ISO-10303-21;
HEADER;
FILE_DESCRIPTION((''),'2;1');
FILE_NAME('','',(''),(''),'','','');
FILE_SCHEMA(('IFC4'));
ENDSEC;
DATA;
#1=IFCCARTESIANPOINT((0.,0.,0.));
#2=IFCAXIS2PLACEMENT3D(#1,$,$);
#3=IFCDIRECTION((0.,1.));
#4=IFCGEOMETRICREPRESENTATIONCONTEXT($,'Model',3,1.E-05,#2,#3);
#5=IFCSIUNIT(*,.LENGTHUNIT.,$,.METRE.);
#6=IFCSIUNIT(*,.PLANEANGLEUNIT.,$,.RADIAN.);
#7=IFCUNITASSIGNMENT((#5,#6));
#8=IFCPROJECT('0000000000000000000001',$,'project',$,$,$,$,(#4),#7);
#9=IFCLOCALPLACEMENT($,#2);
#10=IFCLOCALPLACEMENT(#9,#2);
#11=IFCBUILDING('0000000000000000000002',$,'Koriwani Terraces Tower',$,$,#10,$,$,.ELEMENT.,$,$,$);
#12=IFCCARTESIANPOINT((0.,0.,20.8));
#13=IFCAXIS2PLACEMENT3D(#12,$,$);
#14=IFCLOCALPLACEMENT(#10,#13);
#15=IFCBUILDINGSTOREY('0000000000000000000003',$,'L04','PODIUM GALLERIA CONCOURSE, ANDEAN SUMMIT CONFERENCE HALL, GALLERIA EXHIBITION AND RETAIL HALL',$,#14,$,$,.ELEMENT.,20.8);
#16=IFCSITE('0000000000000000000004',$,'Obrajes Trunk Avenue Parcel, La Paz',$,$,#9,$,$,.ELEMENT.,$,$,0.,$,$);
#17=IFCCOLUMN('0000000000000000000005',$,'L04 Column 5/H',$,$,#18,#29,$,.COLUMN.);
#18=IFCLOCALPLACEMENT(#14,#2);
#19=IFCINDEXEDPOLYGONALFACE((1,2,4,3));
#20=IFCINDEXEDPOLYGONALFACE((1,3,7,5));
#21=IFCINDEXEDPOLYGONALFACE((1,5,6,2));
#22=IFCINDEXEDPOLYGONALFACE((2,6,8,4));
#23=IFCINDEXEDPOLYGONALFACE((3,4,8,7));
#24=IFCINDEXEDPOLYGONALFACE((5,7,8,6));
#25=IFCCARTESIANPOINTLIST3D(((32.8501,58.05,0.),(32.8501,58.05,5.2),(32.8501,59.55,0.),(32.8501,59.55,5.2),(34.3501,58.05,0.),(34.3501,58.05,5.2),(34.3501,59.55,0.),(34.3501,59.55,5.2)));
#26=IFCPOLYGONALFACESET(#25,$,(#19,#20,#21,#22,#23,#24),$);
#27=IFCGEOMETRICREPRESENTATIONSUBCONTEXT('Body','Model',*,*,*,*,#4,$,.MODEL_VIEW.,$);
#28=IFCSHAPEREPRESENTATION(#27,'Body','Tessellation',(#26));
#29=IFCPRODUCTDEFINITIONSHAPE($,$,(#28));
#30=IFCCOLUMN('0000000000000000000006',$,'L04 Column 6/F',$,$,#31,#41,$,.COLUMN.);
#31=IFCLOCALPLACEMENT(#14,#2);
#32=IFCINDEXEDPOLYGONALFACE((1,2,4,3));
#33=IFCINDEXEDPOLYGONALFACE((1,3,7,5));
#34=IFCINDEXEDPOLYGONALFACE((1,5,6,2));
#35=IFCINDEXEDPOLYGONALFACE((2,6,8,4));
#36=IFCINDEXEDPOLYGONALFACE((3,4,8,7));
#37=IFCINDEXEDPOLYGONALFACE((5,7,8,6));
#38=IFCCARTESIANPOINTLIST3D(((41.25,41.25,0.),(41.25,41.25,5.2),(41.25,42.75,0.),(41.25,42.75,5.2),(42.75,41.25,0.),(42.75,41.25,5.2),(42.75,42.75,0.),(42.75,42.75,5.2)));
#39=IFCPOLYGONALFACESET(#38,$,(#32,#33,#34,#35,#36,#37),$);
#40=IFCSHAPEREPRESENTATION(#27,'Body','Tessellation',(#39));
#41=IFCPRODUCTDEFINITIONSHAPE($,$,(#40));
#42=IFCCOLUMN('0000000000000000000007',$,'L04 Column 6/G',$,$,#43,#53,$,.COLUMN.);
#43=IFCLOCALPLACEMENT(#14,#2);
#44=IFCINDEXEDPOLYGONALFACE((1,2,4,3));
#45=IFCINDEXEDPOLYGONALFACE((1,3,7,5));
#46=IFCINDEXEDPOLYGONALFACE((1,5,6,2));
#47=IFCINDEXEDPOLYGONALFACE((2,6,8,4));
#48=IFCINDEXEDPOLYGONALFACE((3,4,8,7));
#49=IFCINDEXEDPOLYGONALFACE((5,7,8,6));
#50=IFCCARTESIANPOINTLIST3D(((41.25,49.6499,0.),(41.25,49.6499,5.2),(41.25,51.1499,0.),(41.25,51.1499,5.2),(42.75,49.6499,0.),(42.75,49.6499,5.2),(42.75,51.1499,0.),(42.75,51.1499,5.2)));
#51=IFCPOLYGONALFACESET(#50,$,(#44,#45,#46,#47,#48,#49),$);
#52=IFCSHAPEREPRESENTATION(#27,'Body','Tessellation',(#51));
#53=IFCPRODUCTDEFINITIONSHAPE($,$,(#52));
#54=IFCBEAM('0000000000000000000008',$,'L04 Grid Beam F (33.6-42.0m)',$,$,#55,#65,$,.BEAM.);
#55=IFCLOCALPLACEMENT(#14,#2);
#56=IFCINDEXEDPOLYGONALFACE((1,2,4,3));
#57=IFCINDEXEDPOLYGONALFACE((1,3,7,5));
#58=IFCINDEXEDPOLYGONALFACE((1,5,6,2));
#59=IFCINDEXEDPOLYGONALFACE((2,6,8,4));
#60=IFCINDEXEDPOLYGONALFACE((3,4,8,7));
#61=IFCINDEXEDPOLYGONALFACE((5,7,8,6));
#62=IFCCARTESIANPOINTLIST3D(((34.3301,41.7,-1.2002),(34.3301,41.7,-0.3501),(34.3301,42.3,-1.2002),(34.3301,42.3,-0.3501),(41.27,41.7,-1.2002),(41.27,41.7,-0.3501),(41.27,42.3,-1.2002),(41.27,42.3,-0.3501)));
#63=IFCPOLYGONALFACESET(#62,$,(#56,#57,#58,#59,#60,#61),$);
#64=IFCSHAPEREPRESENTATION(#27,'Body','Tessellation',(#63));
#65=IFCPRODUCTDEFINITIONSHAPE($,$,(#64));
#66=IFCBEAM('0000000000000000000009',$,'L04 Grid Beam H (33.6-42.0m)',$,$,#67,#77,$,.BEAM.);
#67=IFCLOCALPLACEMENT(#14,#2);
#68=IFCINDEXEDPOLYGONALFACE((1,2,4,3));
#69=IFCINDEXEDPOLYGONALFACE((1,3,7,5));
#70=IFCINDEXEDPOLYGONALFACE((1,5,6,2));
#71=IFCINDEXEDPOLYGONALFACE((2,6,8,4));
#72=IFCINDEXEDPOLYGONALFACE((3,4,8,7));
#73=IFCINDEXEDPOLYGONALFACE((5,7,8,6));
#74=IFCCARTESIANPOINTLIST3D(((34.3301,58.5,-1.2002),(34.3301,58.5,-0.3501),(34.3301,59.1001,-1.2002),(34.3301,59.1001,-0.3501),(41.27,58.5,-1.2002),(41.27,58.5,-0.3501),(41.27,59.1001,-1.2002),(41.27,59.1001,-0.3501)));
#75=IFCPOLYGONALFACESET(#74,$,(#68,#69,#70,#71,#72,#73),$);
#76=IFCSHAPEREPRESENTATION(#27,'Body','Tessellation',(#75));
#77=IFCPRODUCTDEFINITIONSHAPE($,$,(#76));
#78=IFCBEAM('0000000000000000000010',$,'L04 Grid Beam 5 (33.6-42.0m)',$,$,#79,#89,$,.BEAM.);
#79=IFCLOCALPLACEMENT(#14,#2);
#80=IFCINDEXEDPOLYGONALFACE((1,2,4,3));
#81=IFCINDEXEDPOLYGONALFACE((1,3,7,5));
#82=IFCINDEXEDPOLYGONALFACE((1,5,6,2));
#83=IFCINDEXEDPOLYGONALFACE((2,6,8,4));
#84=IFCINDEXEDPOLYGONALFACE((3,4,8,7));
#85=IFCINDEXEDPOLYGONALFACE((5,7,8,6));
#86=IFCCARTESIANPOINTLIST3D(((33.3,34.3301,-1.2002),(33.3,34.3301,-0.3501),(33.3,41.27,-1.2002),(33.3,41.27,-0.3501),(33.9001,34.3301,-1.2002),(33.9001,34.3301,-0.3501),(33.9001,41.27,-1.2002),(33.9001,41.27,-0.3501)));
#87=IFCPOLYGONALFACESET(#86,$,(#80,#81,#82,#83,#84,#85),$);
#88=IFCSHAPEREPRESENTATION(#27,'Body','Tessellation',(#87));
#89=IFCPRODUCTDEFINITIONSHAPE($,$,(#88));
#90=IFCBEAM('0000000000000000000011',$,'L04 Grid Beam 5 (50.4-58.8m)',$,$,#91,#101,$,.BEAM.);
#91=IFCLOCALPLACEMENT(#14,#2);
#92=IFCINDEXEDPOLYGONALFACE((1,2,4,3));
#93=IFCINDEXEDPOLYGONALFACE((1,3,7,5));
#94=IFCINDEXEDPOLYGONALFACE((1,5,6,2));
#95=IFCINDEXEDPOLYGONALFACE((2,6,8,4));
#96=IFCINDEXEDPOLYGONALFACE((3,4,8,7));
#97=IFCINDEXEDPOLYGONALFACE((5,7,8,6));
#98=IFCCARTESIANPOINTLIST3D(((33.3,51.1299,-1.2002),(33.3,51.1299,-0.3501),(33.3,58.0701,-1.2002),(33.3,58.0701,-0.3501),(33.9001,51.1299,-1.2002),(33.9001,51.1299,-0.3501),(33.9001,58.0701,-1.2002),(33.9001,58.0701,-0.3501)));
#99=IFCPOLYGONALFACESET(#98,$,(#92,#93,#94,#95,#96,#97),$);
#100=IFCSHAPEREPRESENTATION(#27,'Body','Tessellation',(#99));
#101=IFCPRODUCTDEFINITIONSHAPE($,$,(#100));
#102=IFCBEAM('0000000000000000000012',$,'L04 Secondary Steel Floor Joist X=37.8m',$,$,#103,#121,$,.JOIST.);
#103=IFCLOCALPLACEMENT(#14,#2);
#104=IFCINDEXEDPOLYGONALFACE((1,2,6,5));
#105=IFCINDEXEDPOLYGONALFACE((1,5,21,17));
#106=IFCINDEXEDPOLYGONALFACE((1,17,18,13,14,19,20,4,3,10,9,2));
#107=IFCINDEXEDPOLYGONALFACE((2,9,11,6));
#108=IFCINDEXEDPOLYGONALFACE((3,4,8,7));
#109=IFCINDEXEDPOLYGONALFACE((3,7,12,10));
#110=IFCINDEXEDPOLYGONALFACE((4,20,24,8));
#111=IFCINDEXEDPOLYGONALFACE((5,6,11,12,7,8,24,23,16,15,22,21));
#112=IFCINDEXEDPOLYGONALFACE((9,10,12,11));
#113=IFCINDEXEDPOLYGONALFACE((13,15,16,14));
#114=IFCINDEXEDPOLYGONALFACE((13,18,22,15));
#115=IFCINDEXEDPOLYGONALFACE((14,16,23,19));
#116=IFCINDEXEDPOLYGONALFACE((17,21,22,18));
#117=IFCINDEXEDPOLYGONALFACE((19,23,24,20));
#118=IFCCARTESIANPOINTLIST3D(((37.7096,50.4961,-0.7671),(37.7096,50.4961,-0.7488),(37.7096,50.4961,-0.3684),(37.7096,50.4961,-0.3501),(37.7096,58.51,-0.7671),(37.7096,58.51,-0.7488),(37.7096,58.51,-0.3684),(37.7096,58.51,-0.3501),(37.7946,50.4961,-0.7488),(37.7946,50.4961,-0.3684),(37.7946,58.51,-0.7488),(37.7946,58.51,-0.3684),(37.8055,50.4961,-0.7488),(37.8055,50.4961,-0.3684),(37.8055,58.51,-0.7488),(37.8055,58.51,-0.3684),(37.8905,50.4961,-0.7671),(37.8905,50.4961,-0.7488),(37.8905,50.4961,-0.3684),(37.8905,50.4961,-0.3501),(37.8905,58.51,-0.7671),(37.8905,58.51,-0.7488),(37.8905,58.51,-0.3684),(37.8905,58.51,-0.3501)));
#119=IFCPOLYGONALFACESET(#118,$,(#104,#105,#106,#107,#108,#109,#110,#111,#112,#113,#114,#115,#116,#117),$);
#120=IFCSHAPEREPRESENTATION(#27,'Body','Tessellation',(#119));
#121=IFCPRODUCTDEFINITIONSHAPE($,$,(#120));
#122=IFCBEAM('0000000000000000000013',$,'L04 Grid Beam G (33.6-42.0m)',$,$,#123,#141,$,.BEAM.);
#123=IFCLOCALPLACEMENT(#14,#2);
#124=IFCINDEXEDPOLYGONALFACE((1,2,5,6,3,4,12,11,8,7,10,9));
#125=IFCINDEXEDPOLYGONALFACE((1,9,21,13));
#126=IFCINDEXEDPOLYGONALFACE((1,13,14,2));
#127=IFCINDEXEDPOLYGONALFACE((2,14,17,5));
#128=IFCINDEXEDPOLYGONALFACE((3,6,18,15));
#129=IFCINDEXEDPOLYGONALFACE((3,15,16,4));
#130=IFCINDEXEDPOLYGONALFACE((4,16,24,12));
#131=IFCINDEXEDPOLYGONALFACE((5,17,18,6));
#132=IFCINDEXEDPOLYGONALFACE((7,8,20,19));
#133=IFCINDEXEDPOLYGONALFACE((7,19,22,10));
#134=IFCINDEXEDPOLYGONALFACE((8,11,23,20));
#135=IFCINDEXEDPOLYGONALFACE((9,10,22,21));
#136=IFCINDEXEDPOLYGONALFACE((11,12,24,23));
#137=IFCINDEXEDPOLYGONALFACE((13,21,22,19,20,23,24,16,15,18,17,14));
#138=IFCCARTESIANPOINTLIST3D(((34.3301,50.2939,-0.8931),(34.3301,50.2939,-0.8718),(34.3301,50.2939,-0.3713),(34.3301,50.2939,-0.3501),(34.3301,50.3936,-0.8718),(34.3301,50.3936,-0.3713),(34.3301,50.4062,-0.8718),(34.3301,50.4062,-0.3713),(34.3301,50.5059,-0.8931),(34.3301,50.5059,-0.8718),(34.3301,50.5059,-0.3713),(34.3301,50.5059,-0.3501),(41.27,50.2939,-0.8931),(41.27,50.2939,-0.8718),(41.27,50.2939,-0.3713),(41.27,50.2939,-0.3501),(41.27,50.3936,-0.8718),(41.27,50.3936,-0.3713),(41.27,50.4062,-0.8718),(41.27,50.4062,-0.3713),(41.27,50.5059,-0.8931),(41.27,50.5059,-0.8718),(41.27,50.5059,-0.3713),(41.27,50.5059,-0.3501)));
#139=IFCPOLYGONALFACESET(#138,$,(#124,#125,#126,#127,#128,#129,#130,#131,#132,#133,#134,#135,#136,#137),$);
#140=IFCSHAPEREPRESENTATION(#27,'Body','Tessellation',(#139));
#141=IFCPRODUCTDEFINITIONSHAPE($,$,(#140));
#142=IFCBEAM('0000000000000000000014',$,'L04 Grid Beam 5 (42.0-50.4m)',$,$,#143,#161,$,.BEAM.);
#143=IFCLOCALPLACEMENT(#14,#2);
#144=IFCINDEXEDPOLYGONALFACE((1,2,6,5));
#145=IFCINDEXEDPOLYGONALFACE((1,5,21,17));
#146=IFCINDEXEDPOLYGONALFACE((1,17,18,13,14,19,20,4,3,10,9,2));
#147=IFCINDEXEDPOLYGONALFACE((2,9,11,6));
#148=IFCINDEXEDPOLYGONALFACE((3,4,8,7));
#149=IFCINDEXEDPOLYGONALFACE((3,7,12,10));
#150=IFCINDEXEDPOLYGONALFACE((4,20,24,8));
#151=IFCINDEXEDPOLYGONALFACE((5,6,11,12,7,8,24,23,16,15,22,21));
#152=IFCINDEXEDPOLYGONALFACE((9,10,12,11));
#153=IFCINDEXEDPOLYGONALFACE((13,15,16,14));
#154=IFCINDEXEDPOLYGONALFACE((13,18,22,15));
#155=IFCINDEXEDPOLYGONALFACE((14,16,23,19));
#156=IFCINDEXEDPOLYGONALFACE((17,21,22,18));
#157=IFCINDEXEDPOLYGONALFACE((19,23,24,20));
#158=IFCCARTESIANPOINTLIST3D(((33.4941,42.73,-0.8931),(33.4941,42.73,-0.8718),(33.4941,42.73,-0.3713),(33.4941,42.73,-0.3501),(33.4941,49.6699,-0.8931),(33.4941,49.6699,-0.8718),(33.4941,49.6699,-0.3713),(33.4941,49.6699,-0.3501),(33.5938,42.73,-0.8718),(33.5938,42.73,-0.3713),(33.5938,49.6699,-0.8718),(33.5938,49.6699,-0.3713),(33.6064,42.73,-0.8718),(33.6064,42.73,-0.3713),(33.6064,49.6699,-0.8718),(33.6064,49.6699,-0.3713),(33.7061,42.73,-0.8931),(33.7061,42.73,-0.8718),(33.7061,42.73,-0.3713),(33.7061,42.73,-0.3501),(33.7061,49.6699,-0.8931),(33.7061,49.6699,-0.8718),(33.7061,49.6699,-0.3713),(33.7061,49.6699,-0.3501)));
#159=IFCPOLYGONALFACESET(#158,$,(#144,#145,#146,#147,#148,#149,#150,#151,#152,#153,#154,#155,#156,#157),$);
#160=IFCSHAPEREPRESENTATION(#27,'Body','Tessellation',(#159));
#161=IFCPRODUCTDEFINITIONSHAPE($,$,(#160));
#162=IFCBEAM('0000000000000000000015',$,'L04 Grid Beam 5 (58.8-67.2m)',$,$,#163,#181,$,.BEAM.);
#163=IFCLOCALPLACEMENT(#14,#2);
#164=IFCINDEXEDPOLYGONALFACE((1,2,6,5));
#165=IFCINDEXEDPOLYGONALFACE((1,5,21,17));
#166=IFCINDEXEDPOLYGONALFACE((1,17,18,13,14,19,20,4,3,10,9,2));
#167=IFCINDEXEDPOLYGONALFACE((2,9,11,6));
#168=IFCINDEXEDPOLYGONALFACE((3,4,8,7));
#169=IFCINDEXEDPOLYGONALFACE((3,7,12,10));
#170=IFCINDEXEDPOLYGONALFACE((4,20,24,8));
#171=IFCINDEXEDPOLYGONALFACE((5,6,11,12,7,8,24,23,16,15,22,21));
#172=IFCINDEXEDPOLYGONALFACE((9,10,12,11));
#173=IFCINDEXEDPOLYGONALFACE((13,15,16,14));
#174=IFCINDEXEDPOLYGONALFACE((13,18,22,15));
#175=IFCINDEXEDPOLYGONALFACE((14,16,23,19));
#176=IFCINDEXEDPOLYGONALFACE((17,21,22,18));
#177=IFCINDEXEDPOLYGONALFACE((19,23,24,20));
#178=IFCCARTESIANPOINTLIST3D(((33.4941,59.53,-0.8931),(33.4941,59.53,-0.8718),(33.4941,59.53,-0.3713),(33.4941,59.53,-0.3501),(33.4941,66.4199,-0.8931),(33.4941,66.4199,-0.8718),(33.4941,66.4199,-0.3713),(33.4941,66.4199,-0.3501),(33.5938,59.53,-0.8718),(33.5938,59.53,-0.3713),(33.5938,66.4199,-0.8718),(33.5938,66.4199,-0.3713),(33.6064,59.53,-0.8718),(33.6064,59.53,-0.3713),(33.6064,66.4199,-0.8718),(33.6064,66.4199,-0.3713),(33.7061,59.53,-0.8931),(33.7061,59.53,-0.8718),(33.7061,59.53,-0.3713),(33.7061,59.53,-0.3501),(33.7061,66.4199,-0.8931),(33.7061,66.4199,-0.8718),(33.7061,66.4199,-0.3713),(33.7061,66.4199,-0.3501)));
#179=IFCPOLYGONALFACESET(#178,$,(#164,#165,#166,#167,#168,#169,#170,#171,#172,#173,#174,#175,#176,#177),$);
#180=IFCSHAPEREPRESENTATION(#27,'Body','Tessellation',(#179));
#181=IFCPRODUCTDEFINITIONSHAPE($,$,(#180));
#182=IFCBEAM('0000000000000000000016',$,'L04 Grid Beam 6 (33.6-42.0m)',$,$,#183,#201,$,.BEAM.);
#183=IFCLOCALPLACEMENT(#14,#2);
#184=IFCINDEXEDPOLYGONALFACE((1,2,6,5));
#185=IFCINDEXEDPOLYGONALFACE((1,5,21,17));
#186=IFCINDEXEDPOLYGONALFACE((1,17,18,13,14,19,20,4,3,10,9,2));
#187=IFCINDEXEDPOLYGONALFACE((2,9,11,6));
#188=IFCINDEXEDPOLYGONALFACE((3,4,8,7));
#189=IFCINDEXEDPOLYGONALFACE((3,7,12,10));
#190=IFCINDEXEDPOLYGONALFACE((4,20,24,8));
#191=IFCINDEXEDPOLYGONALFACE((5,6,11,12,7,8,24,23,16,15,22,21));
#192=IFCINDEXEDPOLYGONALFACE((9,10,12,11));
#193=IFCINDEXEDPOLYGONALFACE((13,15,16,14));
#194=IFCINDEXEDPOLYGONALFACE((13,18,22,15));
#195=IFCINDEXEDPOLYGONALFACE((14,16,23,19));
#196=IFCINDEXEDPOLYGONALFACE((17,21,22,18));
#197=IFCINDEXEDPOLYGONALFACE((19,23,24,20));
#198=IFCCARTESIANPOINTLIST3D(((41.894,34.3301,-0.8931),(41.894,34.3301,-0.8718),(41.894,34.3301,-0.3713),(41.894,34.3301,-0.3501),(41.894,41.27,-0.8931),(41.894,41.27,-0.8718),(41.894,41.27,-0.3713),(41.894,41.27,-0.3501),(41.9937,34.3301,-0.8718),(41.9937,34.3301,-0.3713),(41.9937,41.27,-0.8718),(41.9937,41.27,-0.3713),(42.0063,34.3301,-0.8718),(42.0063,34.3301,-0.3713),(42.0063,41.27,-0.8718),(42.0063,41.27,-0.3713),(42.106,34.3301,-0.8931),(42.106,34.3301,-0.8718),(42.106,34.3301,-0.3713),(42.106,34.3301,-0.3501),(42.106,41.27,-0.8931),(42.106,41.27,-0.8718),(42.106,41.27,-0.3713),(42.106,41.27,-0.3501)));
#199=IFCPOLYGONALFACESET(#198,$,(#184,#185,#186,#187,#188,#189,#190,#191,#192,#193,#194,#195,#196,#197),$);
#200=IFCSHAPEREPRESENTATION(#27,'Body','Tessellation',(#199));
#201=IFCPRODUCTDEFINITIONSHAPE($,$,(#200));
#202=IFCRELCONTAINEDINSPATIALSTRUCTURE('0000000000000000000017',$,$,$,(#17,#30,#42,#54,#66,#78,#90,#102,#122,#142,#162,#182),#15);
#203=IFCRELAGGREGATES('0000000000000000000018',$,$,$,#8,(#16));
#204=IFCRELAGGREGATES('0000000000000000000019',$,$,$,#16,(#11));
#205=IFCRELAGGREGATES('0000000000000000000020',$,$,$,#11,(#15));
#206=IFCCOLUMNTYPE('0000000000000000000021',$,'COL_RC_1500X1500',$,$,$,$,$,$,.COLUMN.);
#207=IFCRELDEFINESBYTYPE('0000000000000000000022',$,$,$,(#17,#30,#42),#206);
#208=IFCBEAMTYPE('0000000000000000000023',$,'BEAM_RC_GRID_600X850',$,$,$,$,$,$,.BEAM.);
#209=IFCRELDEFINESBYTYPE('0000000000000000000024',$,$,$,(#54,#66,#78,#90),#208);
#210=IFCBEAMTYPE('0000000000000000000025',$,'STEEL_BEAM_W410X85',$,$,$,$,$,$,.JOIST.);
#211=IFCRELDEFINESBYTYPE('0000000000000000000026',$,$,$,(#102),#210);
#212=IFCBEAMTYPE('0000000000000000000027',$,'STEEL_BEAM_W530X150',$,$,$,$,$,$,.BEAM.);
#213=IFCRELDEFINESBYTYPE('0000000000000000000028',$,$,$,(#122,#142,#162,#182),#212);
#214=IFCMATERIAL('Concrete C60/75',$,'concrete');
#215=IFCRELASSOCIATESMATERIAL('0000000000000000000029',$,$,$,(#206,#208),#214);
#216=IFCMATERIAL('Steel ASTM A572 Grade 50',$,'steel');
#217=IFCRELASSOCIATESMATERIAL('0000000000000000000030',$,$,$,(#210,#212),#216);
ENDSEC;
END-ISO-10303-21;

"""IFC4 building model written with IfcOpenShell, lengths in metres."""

from ifc_helpers import new_model, si_unit, direction, frame, origin, origin_2d, place, context, subcontext, project, spatial, rectangle, i_section, extrude, material, material_profile, profile_set, type_object, element, save


model = new_model("IFC4")

# Units and contexts
model_context = context("Model", 3, precision=1e-05, world=origin(), true_north=direction((0.0, 1.0)))
body_context = subcontext(model_context, "Body", "Model", "MODEL_VIEW")
ifc_project = project(units=[si_unit("LENGTHUNIT", "METRE"), si_unit("PLANEANGLEUNIT", "RADIAN")], contexts=[model_context])

# Site, building, storey
site_placement = place(None, origin())
site = spatial("IfcSite", under=ifc_project, at=site_placement, Name="Obrajes Trunk Avenue Parcel, La Paz", CompositionType="ELEMENT", RefElevation=0.0)
building_placement = place(site_placement, origin())
building = spatial("IfcBuilding", under=site, at=building_placement, Name="Koriwani Terraces Tower", CompositionType="ELEMENT")
storey_placement = place(building_placement, frame((0.0, 0.0, 20.8)))
storey = spatial("IfcBuildingStorey", under=building, at=storey_placement, Name="L04", Description="PODIUM GALLERIA CONCOURSE, ANDEAN SUMMIT CONFERENCE HALL, GALLERIA EXHIBITION AND RETAIL HALL", CompositionType="ELEMENT", Elevation=20.8)

# Columns
ifc_material_1 = material(Name="Concrete C60/75", Category="concrete")
ifc_material_profile_1 = material_profile(ifc_material_1, rectangle(XDim=1.5, YDim=1.5, at=origin_2d()), Name="Concrete C60/75", Category="LoadBearing")
ifc_profile_set_1 = profile_set([ifc_material_profile_1], Name="Concrete C60/75")
column_type = type_object("IfcColumnType", Name="COL_RC_1500X1500", PredefinedType="COLUMN", material=ifc_profile_set_1)
for number, where, z_axis, x_axis, name in (
    (1, (33.6001, 58.8, 0.0), (0.0, 0.0, 1.0), (1.0, 0.0, 0.0), "L04 Column 5/H"),
    (2, (42.0, 42.0, 0.0), (0.0, 0.0, 1.0), (1.0, 0.0, 0.0), "L04 Column 6/F"),
    (3, (42.0, 50.3999, 0.0), (0.0, 0.0, 1.0), (1.0, 0.0, 0.0), "L04 Column 6/G"),
):
    element("IfcColumn", number, at=place(storey_placement, frame(where, z_axis=z_axis, x_axis=x_axis)), inside=storey, type_object=column_type, Name=name, PredefinedType="COLUMN", context=body_context, shape_type="SweptSolid", body=[
        extrude(rectangle(XDim=1.5, YDim=1.5, at=origin_2d()), origin(), (0.0, 0.0, 1.0), 5.2),
    ])

# Beams
ifc_material_profile_2 = material_profile(ifc_material_1, rectangle(XDim=0.6001, YDim=0.8501, at=origin_2d()), Name="Concrete C60/75", Category="LoadBearing")
ifc_profile_set_2 = profile_set([ifc_material_profile_2], Name="Concrete C60/75")
beam_type_1 = type_object("IfcBeamType", Name="BEAM_RC_GRID_600X850", PredefinedType="BEAM", material=ifc_profile_set_2)
for number, where, z_axis, x_axis, name in (
    (4, (34.3301, 42.0, -0.7751), (1.0, 0.0, 0.0), (0.0, 1.0, 0.0), "L04 Grid Beam F (33.6-42.0m)"),
    (5, (34.3301, 58.8, -0.7751), (1.0, 0.0, 0.0), (0.0, 1.0, 0.0), "L04 Grid Beam H (33.6-42.0m)"),
    (6, (33.6001, 34.3301, -0.7751), (0.0, 1.0, 0.0), (-1.0, 0.0, 0.0), "L04 Grid Beam 5 (33.6-42.0m)"),
):
    element("IfcBeam", number, at=place(storey_placement, frame(where, z_axis=z_axis, x_axis=x_axis)), inside=storey, type_object=beam_type_1, Name=name, PredefinedType="BEAM", context=body_context, shape_type="SweptSolid", body=[
        extrude(rectangle(XDim=0.6001, YDim=0.8501, at=origin_2d()), origin(), (0.0, 0.0, 1.0), 6.9399),
    ])
beam_1_placement = place(storey_placement, frame((33.6001, 51.1299, -0.7751), z_axis=(0.0, 1.0, 0.0), x_axis=(-1.0, 0.0, 0.0)))
element("IfcBeam", 7, at=beam_1_placement, inside=storey, type_object=beam_type_1, Name="L04 Grid Beam 5 (50.4-58.8m)", PredefinedType="BEAM", context=body_context, shape_type="SweptSolid", body=[
    extrude(rectangle(XDim=0.6001, YDim=0.8501, at=origin_2d()), origin(), (0.0, 0.0, 1.0), 6.9402),
])
ifc_material_2 = material(Name="Steel ASTM A572 Grade 50", Category="steel")
ifc_material_profile_3 = material_profile(ifc_material_2, i_section(OverallWidth=0.1809, OverallDepth=0.417, WebThickness=0.011, FlangeThickness=0.0183, at=origin_2d()), Name="Steel ASTM A572 Grade 50", Category="LoadBearing")
ifc_profile_set_3 = profile_set([ifc_material_profile_3], Name="Steel ASTM A572 Grade 50")
beam_type_2 = type_object("IfcBeamType", Name="STEEL_BEAM_W410X85", PredefinedType="JOIST", material=ifc_profile_set_3)
beam_2_placement = place(storey_placement, frame((37.8, 50.4961, -0.5586), z_axis=(0.0, 1.0, 0.0), x_axis=(-1.0, 0.0, 0.0)))
element("IfcBeam", 8, at=beam_2_placement, inside=storey, type_object=beam_type_2, Name="L04 Secondary Steel Floor Joist X=37.8m", PredefinedType="JOIST", context=body_context, shape_type="SweptSolid", body=[
    extrude(i_section(OverallWidth=0.1809, OverallDepth=0.417, WebThickness=0.011, FlangeThickness=0.0183, at=origin_2d()), origin(), (0.0, 0.0, 1.0), 8.0139),
])
ifc_material_profile_4 = material_profile(ifc_material_2, i_section(OverallWidth=0.2119, OverallDepth=0.543, WebThickness=0.0127, FlangeThickness=0.0212, at=origin_2d()), Name="Steel ASTM A572 Grade 50", Category="LoadBearing")
ifc_profile_set_4 = profile_set([ifc_material_profile_4], Name="Steel ASTM A572 Grade 50")
beam_type_3 = type_object("IfcBeamType", Name="STEEL_BEAM_W530X150", PredefinedType="BEAM", material=ifc_profile_set_4)
for number, where, z_axis, x_axis, name in (
    (9, (34.3301, 50.3999, -0.6216), (1.0, 0.0, 0.0), (0.0, 1.0, 0.0), "L04 Grid Beam G (33.6-42.0m)"),
    (10, (33.6001, 42.73, -0.6216), (0.0, 1.0, 0.0), (-1.0, 0.0, 0.0), "L04 Grid Beam 5 (42.0-50.4m)"),
):
    element("IfcBeam", number, at=place(storey_placement, frame(where, z_axis=z_axis, x_axis=x_axis)), inside=storey, type_object=beam_type_3, Name=name, PredefinedType="BEAM", context=body_context, shape_type="SweptSolid", body=[
        extrude(i_section(OverallWidth=0.2119, OverallDepth=0.543, WebThickness=0.0127, FlangeThickness=0.0212, at=origin_2d()), origin(), (0.0, 0.0, 1.0), 6.9399),
    ])
beam_3_placement = place(storey_placement, frame((33.6001, 59.53, -0.6216), z_axis=(0.0, 1.0, 0.0), x_axis=(-1.0, 0.0, 0.0)))
element("IfcBeam", 11, at=beam_3_placement, inside=storey, type_object=beam_type_3, Name="L04 Grid Beam 5 (58.8-67.2m)", PredefinedType="BEAM", context=body_context, shape_type="SweptSolid", body=[
    extrude(i_section(OverallWidth=0.2119, OverallDepth=0.543, WebThickness=0.0127, FlangeThickness=0.0212, at=origin_2d()), origin(), (0.0, 0.0, 1.0), 6.8899),
])
beam_4_placement = place(storey_placement, frame((42.0, 34.3301, -0.6216), z_axis=(0.0, 1.0, 0.0), x_axis=(-1.0, 0.0, 0.0)))
element("IfcBeam", 12, at=beam_4_placement, inside=storey, type_object=beam_type_3, Name="L04 Grid Beam 6 (33.6-42.0m)", PredefinedType="BEAM", context=body_context, shape_type="SweptSolid", body=[
    extrude(i_section(OverallWidth=0.2119, OverallDepth=0.543, WebThickness=0.0127, FlangeThickness=0.0212, at=origin_2d()), origin(), (0.0, 0.0, 1.0), 6.9399),
])

save(model, "model.ifc")
